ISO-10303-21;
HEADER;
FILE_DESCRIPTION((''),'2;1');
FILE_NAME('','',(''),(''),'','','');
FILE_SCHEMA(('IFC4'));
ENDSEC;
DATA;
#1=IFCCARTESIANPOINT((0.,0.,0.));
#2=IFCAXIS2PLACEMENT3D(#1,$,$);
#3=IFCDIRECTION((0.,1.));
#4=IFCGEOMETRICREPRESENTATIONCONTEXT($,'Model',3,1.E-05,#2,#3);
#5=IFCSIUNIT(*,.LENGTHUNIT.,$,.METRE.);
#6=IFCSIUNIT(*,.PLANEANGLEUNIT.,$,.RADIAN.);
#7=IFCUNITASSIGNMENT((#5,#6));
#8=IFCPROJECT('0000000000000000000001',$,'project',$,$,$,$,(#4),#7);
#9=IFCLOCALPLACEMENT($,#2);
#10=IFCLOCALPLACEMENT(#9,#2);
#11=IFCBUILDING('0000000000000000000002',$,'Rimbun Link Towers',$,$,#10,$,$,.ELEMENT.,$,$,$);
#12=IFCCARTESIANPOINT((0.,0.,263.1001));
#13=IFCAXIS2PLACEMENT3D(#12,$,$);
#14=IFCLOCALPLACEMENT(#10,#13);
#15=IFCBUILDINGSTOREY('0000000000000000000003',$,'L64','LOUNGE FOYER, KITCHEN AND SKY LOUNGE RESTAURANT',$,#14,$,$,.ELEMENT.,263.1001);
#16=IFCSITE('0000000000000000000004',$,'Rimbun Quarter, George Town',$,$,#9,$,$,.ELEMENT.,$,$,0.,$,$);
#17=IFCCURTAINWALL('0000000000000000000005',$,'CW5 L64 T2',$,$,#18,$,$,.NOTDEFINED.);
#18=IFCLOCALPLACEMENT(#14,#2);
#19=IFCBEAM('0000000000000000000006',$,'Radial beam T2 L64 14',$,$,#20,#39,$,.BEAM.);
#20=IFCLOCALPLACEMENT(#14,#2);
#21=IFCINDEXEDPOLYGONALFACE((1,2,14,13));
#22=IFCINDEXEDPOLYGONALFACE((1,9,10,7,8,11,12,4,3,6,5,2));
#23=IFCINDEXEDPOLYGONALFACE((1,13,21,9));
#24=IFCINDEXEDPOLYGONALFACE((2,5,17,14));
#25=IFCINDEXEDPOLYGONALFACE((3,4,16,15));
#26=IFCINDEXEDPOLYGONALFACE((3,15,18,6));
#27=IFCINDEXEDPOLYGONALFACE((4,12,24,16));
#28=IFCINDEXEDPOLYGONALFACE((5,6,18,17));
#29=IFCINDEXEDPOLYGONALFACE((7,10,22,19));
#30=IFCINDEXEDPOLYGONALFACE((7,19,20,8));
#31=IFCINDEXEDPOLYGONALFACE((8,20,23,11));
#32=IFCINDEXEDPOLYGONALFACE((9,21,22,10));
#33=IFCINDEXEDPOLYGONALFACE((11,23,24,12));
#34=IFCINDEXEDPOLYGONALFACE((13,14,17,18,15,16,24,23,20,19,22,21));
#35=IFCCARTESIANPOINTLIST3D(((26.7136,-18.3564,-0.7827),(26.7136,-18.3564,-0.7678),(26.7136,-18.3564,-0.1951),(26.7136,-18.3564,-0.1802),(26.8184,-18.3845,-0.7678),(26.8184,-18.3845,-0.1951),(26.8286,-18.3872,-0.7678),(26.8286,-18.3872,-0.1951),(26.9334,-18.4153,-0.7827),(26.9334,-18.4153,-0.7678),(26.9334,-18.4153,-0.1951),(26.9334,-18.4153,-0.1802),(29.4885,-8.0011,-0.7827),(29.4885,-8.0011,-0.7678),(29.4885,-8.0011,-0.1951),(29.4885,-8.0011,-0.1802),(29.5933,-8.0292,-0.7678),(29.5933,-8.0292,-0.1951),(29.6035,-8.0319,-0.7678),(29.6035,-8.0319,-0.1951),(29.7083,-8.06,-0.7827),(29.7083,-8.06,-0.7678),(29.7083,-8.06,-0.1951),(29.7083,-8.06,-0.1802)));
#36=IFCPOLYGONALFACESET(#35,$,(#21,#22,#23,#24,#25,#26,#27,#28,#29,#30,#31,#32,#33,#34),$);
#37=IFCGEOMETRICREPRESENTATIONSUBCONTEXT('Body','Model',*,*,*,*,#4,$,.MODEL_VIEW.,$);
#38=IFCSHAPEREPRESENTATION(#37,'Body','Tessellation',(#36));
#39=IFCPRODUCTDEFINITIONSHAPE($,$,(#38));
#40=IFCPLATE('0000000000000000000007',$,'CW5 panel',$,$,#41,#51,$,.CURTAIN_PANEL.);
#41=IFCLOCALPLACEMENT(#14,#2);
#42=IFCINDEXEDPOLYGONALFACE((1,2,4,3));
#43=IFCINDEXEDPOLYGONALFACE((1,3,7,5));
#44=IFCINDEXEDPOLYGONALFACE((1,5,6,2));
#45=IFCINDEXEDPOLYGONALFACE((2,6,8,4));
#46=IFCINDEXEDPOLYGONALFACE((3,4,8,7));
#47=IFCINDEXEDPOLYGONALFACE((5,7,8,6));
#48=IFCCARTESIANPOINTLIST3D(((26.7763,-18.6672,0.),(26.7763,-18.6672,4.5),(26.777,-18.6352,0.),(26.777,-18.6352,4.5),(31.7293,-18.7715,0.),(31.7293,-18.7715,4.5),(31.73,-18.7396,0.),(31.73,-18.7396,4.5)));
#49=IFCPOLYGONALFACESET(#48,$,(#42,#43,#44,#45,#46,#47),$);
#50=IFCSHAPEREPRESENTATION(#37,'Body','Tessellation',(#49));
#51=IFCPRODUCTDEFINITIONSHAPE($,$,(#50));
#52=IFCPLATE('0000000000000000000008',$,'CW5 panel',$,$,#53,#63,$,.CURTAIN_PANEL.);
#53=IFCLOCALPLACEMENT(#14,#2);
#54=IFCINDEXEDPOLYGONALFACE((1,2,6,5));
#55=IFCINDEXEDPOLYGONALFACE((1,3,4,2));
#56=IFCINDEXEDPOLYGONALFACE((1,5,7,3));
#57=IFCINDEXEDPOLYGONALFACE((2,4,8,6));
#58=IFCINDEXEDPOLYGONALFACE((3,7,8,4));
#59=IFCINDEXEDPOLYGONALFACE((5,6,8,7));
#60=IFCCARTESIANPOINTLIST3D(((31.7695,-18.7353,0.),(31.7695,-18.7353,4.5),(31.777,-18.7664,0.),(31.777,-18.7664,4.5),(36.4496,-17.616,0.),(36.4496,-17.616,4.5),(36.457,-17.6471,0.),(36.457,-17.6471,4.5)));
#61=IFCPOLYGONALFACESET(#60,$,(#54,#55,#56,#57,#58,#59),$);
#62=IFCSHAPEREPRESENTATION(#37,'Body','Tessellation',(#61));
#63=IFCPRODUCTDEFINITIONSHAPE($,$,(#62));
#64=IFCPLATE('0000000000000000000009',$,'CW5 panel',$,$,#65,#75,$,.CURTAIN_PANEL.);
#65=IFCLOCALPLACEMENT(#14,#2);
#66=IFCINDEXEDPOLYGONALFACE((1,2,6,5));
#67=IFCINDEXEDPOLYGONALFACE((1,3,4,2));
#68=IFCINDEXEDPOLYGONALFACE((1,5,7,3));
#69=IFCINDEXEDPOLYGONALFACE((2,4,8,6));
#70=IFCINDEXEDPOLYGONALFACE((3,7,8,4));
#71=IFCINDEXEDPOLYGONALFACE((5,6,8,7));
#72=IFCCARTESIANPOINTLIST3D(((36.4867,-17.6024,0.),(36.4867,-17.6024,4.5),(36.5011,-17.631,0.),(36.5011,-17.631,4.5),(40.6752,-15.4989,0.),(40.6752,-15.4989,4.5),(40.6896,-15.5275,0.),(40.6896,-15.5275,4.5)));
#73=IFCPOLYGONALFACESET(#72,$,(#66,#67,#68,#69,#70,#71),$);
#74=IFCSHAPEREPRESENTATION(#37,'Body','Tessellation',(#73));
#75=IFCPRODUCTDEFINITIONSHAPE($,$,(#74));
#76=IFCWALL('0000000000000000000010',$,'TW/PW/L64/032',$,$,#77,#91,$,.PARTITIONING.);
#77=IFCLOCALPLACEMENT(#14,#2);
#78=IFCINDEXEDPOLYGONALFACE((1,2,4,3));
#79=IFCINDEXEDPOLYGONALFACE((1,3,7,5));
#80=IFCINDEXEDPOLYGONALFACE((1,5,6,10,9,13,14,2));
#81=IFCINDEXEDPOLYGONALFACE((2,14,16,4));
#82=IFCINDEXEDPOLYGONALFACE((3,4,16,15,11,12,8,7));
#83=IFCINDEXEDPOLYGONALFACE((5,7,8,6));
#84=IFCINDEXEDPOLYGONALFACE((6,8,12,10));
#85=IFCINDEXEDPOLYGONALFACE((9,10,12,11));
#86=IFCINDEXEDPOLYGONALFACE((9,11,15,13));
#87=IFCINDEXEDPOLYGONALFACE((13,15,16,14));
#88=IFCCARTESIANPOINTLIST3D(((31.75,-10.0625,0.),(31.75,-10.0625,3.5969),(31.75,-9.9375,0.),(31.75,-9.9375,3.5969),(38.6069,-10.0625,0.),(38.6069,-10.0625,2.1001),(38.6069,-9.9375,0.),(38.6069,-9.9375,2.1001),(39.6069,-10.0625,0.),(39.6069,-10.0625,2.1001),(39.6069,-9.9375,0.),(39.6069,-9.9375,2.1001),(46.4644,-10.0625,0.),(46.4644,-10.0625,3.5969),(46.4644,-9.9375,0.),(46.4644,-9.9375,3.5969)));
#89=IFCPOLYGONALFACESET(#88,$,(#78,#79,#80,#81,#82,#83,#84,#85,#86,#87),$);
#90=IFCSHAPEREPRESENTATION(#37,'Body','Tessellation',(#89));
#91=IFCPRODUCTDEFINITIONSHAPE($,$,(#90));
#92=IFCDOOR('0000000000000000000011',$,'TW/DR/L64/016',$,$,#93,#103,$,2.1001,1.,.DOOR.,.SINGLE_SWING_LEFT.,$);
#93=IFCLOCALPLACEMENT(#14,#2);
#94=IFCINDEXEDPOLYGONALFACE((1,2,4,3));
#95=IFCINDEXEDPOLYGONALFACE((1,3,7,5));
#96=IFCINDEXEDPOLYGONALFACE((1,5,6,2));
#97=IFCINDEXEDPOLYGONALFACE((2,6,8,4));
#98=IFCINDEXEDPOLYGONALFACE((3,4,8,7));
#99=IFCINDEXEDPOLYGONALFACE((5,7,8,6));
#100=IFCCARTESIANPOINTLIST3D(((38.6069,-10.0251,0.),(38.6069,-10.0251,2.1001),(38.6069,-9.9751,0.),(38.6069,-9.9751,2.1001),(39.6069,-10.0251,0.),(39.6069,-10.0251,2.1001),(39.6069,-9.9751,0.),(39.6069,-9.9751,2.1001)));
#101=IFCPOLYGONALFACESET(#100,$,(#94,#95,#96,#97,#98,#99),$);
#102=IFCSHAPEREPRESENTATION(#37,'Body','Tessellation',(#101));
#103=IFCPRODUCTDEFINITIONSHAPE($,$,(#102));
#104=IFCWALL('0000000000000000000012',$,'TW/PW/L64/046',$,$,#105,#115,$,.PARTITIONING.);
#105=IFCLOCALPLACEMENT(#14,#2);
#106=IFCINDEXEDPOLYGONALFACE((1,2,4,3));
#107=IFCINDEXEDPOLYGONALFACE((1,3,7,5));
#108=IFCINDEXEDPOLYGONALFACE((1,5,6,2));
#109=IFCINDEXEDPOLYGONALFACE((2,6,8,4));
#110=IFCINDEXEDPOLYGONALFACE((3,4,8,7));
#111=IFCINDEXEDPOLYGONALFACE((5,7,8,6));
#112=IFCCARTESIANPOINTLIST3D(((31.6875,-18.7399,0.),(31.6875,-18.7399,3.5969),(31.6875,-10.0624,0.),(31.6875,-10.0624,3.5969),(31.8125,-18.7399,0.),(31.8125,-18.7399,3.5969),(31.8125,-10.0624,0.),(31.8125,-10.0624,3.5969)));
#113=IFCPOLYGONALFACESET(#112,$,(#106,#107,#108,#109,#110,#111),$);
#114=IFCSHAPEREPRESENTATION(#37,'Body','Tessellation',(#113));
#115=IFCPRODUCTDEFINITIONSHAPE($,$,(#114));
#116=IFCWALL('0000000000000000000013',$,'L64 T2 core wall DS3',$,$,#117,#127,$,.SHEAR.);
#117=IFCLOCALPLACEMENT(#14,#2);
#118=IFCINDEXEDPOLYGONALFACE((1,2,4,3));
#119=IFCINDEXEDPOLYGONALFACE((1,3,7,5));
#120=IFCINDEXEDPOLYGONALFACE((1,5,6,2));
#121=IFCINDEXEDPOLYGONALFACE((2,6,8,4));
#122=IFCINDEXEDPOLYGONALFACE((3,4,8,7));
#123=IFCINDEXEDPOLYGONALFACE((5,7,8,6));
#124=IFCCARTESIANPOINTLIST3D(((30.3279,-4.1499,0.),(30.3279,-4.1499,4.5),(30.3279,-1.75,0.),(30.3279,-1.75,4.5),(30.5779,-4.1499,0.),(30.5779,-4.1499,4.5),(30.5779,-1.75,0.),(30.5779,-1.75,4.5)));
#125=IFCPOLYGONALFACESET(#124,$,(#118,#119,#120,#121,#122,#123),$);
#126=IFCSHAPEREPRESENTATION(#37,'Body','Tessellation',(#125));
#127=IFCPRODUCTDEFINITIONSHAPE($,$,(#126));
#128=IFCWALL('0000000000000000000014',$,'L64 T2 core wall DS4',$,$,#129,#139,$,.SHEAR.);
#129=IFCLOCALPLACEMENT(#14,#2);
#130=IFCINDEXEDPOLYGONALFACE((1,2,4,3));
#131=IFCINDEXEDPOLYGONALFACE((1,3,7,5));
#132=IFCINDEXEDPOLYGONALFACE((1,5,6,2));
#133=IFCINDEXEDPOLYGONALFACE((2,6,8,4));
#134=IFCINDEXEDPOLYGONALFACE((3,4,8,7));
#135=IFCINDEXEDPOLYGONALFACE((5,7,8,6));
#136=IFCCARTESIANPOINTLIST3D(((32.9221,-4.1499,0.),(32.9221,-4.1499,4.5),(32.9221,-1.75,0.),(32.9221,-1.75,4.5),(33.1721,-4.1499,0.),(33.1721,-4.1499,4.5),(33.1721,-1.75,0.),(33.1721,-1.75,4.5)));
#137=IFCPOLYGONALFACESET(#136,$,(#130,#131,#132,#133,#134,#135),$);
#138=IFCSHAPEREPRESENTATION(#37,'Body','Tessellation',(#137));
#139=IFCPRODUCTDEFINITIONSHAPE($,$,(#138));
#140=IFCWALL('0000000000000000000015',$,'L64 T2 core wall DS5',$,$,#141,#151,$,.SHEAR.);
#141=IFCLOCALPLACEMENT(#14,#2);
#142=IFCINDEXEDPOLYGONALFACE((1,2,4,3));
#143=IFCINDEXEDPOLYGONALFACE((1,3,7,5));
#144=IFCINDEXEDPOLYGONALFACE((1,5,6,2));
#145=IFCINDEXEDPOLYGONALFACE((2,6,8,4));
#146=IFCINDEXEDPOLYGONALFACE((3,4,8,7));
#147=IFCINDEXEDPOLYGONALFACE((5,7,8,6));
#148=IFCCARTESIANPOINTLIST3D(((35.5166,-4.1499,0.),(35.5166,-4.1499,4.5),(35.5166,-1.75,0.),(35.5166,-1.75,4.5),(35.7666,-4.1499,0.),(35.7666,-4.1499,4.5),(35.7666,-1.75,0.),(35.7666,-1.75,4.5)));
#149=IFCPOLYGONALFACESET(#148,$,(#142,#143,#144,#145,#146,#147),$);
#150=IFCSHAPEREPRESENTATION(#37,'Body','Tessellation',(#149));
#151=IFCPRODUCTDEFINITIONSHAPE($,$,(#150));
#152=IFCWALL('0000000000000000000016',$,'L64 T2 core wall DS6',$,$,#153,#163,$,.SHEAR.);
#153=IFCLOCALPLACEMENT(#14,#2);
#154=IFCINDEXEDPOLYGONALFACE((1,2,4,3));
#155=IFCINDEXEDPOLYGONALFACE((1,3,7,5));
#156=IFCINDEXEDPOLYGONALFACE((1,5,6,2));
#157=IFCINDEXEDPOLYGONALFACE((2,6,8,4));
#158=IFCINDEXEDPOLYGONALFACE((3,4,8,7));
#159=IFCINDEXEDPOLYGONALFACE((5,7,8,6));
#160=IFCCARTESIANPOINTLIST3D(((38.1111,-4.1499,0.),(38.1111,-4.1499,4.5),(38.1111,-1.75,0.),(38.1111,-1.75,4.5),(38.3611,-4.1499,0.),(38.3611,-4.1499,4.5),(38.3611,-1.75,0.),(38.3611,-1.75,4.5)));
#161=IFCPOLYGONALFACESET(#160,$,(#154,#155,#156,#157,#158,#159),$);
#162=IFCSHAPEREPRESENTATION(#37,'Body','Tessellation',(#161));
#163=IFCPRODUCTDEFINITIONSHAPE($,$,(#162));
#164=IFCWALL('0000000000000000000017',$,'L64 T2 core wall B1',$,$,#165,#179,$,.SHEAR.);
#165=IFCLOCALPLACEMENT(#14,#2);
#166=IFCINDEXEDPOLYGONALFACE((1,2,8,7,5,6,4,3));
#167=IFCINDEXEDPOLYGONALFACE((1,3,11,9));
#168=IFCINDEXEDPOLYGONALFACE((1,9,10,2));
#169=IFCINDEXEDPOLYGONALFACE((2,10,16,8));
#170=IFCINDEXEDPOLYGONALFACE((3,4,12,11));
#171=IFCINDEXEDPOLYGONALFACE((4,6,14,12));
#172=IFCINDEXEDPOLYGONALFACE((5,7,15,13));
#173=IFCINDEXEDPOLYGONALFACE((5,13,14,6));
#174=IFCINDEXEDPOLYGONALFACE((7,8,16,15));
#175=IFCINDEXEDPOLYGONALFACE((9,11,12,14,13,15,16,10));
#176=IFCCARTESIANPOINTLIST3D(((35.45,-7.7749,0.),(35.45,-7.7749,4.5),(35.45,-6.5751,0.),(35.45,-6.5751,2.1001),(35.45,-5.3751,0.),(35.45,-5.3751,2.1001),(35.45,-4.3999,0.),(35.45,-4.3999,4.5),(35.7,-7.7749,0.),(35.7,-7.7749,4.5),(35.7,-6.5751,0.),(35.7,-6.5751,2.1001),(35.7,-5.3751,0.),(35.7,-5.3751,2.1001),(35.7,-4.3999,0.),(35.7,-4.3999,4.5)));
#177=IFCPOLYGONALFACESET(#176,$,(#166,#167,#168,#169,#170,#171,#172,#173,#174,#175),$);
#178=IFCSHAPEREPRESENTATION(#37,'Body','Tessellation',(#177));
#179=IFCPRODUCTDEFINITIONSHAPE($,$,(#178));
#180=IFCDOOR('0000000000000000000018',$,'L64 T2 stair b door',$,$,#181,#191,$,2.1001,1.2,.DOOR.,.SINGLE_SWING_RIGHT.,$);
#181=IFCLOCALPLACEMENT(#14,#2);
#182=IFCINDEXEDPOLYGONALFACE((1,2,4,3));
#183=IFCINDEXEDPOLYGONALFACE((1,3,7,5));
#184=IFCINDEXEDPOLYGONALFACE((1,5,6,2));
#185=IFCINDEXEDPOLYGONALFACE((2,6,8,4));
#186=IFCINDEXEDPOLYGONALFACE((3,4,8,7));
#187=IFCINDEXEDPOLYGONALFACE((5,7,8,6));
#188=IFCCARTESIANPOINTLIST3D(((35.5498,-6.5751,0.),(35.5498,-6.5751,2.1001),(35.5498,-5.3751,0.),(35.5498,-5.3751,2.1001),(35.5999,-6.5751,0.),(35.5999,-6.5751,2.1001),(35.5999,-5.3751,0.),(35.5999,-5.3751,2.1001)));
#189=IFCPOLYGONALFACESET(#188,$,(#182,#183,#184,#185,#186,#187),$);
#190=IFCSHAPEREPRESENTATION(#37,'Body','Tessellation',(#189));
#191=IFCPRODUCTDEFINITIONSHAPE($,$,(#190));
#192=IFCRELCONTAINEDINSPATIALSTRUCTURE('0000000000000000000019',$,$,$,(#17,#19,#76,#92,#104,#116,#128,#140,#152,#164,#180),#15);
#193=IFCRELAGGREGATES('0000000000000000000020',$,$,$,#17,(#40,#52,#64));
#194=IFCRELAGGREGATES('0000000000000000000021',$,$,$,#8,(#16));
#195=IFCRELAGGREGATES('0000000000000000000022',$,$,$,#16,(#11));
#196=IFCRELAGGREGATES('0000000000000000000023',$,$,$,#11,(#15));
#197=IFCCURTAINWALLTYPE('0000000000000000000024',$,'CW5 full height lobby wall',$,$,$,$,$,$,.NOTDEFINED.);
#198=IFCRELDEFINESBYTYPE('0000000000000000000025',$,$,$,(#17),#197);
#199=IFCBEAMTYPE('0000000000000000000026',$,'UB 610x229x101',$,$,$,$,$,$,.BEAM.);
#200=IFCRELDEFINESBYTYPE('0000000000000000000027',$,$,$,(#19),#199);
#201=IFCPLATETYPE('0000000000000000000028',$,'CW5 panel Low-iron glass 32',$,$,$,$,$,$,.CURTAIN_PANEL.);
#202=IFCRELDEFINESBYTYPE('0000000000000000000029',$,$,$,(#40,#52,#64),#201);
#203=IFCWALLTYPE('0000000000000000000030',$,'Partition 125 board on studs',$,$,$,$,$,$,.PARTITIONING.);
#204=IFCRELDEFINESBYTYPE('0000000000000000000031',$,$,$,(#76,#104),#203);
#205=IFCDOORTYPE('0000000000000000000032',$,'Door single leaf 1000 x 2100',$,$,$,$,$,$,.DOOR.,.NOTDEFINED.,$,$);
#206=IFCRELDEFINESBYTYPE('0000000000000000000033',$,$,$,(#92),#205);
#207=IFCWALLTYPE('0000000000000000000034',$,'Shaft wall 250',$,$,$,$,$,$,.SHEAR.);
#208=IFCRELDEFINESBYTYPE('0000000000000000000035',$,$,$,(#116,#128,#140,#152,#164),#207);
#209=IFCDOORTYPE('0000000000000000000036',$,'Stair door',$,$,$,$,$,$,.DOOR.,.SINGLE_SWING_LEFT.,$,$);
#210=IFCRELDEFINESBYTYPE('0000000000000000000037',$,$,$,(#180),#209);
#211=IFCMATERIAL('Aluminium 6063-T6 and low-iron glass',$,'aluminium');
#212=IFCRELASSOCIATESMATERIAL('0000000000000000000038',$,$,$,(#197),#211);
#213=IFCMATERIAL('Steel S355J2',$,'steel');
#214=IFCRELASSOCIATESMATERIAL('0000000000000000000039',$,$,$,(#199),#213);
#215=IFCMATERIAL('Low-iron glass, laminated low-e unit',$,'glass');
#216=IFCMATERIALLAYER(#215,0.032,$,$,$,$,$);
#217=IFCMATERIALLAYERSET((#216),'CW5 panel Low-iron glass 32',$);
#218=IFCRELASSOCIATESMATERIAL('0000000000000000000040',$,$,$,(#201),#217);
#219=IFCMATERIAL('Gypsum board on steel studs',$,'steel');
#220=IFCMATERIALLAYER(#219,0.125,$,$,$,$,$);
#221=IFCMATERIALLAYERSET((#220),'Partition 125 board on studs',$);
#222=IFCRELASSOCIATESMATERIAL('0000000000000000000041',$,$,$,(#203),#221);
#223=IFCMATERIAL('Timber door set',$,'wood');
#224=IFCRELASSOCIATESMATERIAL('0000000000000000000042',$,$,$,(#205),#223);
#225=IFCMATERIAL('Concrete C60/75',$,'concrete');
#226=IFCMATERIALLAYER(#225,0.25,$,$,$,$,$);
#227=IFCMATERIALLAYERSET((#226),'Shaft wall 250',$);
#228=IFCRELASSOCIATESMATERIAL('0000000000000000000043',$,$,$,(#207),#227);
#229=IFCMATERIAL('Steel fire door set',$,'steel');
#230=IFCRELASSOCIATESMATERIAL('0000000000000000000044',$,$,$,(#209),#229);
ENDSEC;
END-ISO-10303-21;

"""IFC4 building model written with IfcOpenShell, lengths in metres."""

from ifc_helpers import new_model, si_unit, direction, frame, frame_2d, origin, origin_2d, place, context, subcontext, project, spatial, rectangle, i_section, extrude, material, layer, layer_set, material_profile, profile_set, type_object, element, fill, aggregate, save


model = new_model("IFC4")

# Units and contexts
model_context = context("Model", 3, precision=1e-05, world=origin(), true_north=direction((0.0, 1.0)))
body_context = subcontext(model_context, "Body", "Model", "MODEL_VIEW")
ifc_project = project(units=[si_unit("LENGTHUNIT", "METRE"), si_unit("PLANEANGLEUNIT", "RADIAN")], contexts=[model_context])

# Site, building, storey
site_placement = place(None, origin())
site = spatial("IfcSite", under=ifc_project, at=site_placement, Name="Rimbun Quarter, George Town", CompositionType="ELEMENT", RefElevation=0.0)
building_placement = place(site_placement, origin())
building = spatial("IfcBuilding", under=site, at=building_placement, Name="Rimbun Link Towers", CompositionType="ELEMENT")
storey_placement = place(building_placement, frame((0.0, 0.0, 263.1001)))
storey = spatial("IfcBuildingStorey", under=building, at=storey_placement, Name="L64", Description="LOUNGE FOYER, KITCHEN AND SKY LOUNGE RESTAURANT", CompositionType="ELEMENT", Elevation=263.1001)

# Curtain wall
ifc_material_1 = material(Name="Aluminium 6063-T6 and low-iron glass", Category="aluminium")
curtain_wall_type = type_object("IfcCurtainWallType", Name="CW5 full height lobby wall", PredefinedType="NOTDEFINED", material=ifc_material_1)
curtain_wall_placement = place(storey_placement, origin())
curtain_wall = element("IfcCurtainWall", 1, at=curtain_wall_placement, inside=storey, type_object=curtain_wall_type, Name="CW5 L64 T2", PredefinedType="NOTDEFINED")

# Beam
ifc_material_2 = material(Name="Steel S355J2", Category="steel")
ifc_material_profile_1 = material_profile(ifc_material_2, i_section(OverallWidth=0.2275, OverallDepth=0.6025, WebThickness=0.0105, FlangeThickness=0.0149, at=origin_2d()), Name="UB 610x229x101")
ifc_profile_set_1 = profile_set([ifc_material_profile_1], Name="Steel S355J2")
beam_type_1 = type_object("IfcBeamType", Name="UB 610x229x101", PredefinedType="BEAM", material=ifc_profile_set_1)
beam_1_placement = place(storey_placement, frame((29.5984, -8.0305, -0.4814), z_axis=(-0.258833, -0.965922, 0.0), x_axis=(0.965922, -0.258833, 0.0)))
element("IfcBeam", 2, at=beam_1_placement, inside=storey, type_object=beam_type_1, Name="Radial beam T2 L64 14", PredefinedType="BEAM", context=body_context, shape_type="SweptSolid", body=[
    extrude(i_section(OverallWidth=0.2275, OverallDepth=0.6025, WebThickness=0.0105, FlangeThickness=0.0149, at=origin_2d()), origin(), (0.0, 0.0, 1.0), 10.7207),
])

# Plates
ifc_material_3 = material(Name="Low-iron glass, laminated low-e unit", Category="glass")
ifc_layer_1 = layer(ifc_material_3, 0.032)
ifc_layer_set_1 = layer_set([ifc_layer_1], Name="CW5 panel Low-iron glass 32")
plate_type = type_object("IfcPlateType", Name="CW5 panel Low-iron glass 32", PredefinedType="CURTAIN_PANEL", material=ifc_layer_set_1)
plate_1_placement = place(storey_placement, frame((29.2532, -18.7034, 0.0), z_axis=(0.0, 0.0, 1.0), x_axis=(-0.999778, 0.021064, 0.0)))
plate_1 = element("IfcPlate", 3, at=plate_1_placement, type_object=plate_type, Name="CW5 panel", PredefinedType="CURTAIN_PANEL", context=body_context, shape_type="SweptSolid", body=[
    extrude(rectangle(XDim=4.9541, YDim=0.032, at=origin_2d()), origin(), (0.0, 0.0, 1.0), 4.5),
])
plate_2_placement = place(storey_placement, frame((34.1133, -18.1912, 0.0), z_axis=(0.0, 0.0, 1.0), x_axis=(-0.972571, -0.232606, 0.0)))
plate_2 = element("IfcPlate", 4, at=plate_2_placement, type_object=plate_type, Name="CW5 panel", PredefinedType="CURTAIN_PANEL", context=body_context, shape_type="SweptSolid", body=[
    extrude(rectangle(XDim=4.812, YDim=0.032, at=origin_2d()), origin(), (0.0, 0.0, 1.0), 4.5),
])
plate_3_placement = place(storey_placement, frame((38.5881, -16.5649, 0.0), z_axis=(0.0, 0.0, 1.0), x_axis=(-0.893639, -0.448787, 0.0)))
plate_3 = element("IfcPlate", 5, at=plate_3_placement, type_object=plate_type, Name="CW5 panel", PredefinedType="CURTAIN_PANEL", context=body_context, shape_type="SweptSolid", body=[
    extrude(rectangle(XDim=4.687, YDim=0.032, at=origin_2d()), origin(), (0.0, 0.0, 1.0), 4.5),
])
aggregate(curtain_wall, [plate_1, plate_2, plate_3])

# Wall, opening, door
ifc_material_4 = material(Name="Gypsum board on steel studs", Category="steel")
ifc_layer_2 = layer(ifc_material_4, 0.125)
ifc_layer_set_2 = layer_set([ifc_layer_2], Name="Partition 125 board on studs")
wall_type_1 = type_object("IfcWallType", Name="Partition 125 board on studs", PredefinedType="PARTITIONING", material=ifc_layer_set_2)
wall_1_placement = place(storey_placement, frame((31.75, -10.0, 0.0), z_axis=(0.0, 0.0, 1.0), x_axis=(1.0, 0.0, 0.0)))
wall_1 = element("IfcWall", 6, at=wall_1_placement, inside=storey, type_object=wall_type_1, Name="TW/PW/L64/032", PredefinedType="PARTITIONING", context=body_context, shape_type="SweptSolid", body=[
    extrude(rectangle(XDim=14.7144, YDim=0.125, at=frame_2d((7.3572, 0.0))), origin(), (0.0, 0.0, 1.0), 3.5969),
])
opening_1_placement = place(wall_1_placement, frame((6.8569, 0.0, 0.0)))
opening_1 = element("IfcOpeningElement", 7, at=opening_1_placement, cuts=wall_1, PredefinedType="OPENING", context=body_context, shape_type="SweptSolid", body=[
    extrude(rectangle(XDim=1.0, YDim=2.1001, at=frame_2d((0.5, 1.05))), frame((0.0, 0.0725, 0.0), z_axis=(0.0, -1.0, 0.0), x_axis=(1.0, 0.0, 0.0)), (0.0, 0.0, 1.0), 0.145),
])
ifc_material_5 = material(Name="Timber door set", Category="wood")
door_type_1 = type_object("IfcDoorType", Name="Door single leaf 1000 x 2100", OperationType="NOTDEFINED", PredefinedType="DOOR", material=ifc_material_5)
door_1_placement = place(opening_1_placement, origin())
door_1 = element("IfcDoor", 8, at=door_1_placement, inside=storey, type_object=door_type_1, Name="TW/DR/L64/016", OperationType="SINGLE_SWING_LEFT", OverallHeight=2.1001, OverallWidth=1.0, PredefinedType="DOOR", context=body_context, shape_type="SweptSolid", body=[
    extrude(rectangle(XDim=1.0, YDim=2.1001, at=frame_2d((0.5, 1.05))), frame((0.0, 0.0249, 0.0), z_axis=(0.0, -1.0, 0.0), x_axis=(1.0, 0.0, 0.0)), (0.0, 0.0, 1.0), 0.05),
])
fill(opening_1, door_1)

# Walls
wall_2_placement = place(storey_placement, frame((31.75, -18.74, 0.0), z_axis=(0.0, 0.0, 1.0), x_axis=(0.0, 1.0, 0.0)))
element("IfcWall", 9, at=wall_2_placement, inside=storey, type_object=wall_type_1, Name="TW/PW/L64/046", PredefinedType="PARTITIONING", context=body_context, shape_type="SweptSolid", body=[
    extrude(rectangle(XDim=8.6775, YDim=0.125, at=frame_2d((4.3389, 0.0))), origin(), (0.0, 0.0, 1.0), 3.5969),
])
ifc_material_6 = material(Name="Concrete C60/75", Category="concrete")
ifc_layer_3 = layer(ifc_material_6, 0.25)
ifc_layer_set_3 = layer_set([ifc_layer_3], Name="Shaft wall 250")
wall_type_2 = type_object("IfcWallType", Name="Shaft wall 250", PredefinedType="SHEAR", material=ifc_layer_set_3)
for number, where, z_axis, x_axis, name in (
    (10, (30.4529, -4.1499, 0.0), (0.0, 0.0, 1.0), (0.0, 1.0, 0.0), "L64 T2 core wall DS3"),
    (11, (33.0471, -4.1499, 0.0), (0.0, 0.0, 1.0), (0.0, 1.0, 0.0), "L64 T2 core wall DS4"),
    (12, (35.6416, -4.1499, 0.0), (0.0, 0.0, 1.0), (0.0, 1.0, 0.0), "L64 T2 core wall DS5"),
    (13, (38.2361, -4.1499, 0.0), (0.0, 0.0, 1.0), (0.0, 1.0, 0.0), "L64 T2 core wall DS6"),
):
    element("IfcWall", number, at=place(storey_placement, frame(where, z_axis=z_axis, x_axis=x_axis)), inside=storey, type_object=wall_type_2, Name=name, PredefinedType="SHEAR", context=body_context, shape_type="SweptSolid", body=[
        extrude(rectangle(XDim=2.3999, YDim=0.25, at=frame_2d((1.2, 0.0))), origin(), (0.0, 0.0, 1.0), 4.5),
    ])

# Wall, opening, door
wall_3_placement = place(storey_placement, frame((35.575, -4.3999, 0.0), z_axis=(0.0, 0.0, 1.0), x_axis=(0.0, -1.0, 0.0)))
wall_3 = element("IfcWall", 14, at=wall_3_placement, inside=storey, type_object=wall_type_2, Name="L64 T2 core wall B1", PredefinedType="SHEAR", context=body_context, shape_type="SweptSolid", body=[
    extrude(rectangle(XDim=3.375, YDim=0.25, at=frame_2d((1.6875, 0.0))), origin(), (0.0, 0.0, 1.0), 4.5),
])
opening_2_placement = place(wall_3_placement, frame((0.9751, 0.0, 0.0)))
opening_2 = element("IfcOpeningElement", 15, at=opening_2_placement, cuts=wall_3, PredefinedType="OPENING", context=body_context, shape_type="SweptSolid", body=[
    extrude(rectangle(XDim=1.2, YDim=2.1001, at=frame_2d((0.6001, 1.05))), frame((0.0, 0.135, 0.0), z_axis=(0.0, -1.0, 0.0), x_axis=(1.0, 0.0, 0.0)), (0.0, 0.0, 1.0), 0.27),
])
ifc_material_7 = material(Name="Steel fire door set", Category="steel")
door_type_2 = type_object("IfcDoorType", Name="Stair door", OperationType="SINGLE_SWING_LEFT", PredefinedType="DOOR", material=ifc_material_7)
door_2_placement = place(opening_2_placement, origin())
door_2 = element("IfcDoor", 16, at=door_2_placement, inside=storey, type_object=door_type_2, Name="L64 T2 stair b door", OperationType="SINGLE_SWING_RIGHT", OverallHeight=2.1001, OverallWidth=1.2, PredefinedType="DOOR", context=body_context, shape_type="SweptSolid", body=[
    extrude(rectangle(XDim=1.2, YDim=2.1001, at=frame_2d((0.6001, 1.05))), frame((0.0, 0.0249, 0.0), z_axis=(0.0, -1.0, 0.0), x_axis=(1.0, 0.0, 0.0)), (0.0, 0.0, 1.0), 0.05),
])
fill(opening_2, door_2)

save(model, "model.ifc")
